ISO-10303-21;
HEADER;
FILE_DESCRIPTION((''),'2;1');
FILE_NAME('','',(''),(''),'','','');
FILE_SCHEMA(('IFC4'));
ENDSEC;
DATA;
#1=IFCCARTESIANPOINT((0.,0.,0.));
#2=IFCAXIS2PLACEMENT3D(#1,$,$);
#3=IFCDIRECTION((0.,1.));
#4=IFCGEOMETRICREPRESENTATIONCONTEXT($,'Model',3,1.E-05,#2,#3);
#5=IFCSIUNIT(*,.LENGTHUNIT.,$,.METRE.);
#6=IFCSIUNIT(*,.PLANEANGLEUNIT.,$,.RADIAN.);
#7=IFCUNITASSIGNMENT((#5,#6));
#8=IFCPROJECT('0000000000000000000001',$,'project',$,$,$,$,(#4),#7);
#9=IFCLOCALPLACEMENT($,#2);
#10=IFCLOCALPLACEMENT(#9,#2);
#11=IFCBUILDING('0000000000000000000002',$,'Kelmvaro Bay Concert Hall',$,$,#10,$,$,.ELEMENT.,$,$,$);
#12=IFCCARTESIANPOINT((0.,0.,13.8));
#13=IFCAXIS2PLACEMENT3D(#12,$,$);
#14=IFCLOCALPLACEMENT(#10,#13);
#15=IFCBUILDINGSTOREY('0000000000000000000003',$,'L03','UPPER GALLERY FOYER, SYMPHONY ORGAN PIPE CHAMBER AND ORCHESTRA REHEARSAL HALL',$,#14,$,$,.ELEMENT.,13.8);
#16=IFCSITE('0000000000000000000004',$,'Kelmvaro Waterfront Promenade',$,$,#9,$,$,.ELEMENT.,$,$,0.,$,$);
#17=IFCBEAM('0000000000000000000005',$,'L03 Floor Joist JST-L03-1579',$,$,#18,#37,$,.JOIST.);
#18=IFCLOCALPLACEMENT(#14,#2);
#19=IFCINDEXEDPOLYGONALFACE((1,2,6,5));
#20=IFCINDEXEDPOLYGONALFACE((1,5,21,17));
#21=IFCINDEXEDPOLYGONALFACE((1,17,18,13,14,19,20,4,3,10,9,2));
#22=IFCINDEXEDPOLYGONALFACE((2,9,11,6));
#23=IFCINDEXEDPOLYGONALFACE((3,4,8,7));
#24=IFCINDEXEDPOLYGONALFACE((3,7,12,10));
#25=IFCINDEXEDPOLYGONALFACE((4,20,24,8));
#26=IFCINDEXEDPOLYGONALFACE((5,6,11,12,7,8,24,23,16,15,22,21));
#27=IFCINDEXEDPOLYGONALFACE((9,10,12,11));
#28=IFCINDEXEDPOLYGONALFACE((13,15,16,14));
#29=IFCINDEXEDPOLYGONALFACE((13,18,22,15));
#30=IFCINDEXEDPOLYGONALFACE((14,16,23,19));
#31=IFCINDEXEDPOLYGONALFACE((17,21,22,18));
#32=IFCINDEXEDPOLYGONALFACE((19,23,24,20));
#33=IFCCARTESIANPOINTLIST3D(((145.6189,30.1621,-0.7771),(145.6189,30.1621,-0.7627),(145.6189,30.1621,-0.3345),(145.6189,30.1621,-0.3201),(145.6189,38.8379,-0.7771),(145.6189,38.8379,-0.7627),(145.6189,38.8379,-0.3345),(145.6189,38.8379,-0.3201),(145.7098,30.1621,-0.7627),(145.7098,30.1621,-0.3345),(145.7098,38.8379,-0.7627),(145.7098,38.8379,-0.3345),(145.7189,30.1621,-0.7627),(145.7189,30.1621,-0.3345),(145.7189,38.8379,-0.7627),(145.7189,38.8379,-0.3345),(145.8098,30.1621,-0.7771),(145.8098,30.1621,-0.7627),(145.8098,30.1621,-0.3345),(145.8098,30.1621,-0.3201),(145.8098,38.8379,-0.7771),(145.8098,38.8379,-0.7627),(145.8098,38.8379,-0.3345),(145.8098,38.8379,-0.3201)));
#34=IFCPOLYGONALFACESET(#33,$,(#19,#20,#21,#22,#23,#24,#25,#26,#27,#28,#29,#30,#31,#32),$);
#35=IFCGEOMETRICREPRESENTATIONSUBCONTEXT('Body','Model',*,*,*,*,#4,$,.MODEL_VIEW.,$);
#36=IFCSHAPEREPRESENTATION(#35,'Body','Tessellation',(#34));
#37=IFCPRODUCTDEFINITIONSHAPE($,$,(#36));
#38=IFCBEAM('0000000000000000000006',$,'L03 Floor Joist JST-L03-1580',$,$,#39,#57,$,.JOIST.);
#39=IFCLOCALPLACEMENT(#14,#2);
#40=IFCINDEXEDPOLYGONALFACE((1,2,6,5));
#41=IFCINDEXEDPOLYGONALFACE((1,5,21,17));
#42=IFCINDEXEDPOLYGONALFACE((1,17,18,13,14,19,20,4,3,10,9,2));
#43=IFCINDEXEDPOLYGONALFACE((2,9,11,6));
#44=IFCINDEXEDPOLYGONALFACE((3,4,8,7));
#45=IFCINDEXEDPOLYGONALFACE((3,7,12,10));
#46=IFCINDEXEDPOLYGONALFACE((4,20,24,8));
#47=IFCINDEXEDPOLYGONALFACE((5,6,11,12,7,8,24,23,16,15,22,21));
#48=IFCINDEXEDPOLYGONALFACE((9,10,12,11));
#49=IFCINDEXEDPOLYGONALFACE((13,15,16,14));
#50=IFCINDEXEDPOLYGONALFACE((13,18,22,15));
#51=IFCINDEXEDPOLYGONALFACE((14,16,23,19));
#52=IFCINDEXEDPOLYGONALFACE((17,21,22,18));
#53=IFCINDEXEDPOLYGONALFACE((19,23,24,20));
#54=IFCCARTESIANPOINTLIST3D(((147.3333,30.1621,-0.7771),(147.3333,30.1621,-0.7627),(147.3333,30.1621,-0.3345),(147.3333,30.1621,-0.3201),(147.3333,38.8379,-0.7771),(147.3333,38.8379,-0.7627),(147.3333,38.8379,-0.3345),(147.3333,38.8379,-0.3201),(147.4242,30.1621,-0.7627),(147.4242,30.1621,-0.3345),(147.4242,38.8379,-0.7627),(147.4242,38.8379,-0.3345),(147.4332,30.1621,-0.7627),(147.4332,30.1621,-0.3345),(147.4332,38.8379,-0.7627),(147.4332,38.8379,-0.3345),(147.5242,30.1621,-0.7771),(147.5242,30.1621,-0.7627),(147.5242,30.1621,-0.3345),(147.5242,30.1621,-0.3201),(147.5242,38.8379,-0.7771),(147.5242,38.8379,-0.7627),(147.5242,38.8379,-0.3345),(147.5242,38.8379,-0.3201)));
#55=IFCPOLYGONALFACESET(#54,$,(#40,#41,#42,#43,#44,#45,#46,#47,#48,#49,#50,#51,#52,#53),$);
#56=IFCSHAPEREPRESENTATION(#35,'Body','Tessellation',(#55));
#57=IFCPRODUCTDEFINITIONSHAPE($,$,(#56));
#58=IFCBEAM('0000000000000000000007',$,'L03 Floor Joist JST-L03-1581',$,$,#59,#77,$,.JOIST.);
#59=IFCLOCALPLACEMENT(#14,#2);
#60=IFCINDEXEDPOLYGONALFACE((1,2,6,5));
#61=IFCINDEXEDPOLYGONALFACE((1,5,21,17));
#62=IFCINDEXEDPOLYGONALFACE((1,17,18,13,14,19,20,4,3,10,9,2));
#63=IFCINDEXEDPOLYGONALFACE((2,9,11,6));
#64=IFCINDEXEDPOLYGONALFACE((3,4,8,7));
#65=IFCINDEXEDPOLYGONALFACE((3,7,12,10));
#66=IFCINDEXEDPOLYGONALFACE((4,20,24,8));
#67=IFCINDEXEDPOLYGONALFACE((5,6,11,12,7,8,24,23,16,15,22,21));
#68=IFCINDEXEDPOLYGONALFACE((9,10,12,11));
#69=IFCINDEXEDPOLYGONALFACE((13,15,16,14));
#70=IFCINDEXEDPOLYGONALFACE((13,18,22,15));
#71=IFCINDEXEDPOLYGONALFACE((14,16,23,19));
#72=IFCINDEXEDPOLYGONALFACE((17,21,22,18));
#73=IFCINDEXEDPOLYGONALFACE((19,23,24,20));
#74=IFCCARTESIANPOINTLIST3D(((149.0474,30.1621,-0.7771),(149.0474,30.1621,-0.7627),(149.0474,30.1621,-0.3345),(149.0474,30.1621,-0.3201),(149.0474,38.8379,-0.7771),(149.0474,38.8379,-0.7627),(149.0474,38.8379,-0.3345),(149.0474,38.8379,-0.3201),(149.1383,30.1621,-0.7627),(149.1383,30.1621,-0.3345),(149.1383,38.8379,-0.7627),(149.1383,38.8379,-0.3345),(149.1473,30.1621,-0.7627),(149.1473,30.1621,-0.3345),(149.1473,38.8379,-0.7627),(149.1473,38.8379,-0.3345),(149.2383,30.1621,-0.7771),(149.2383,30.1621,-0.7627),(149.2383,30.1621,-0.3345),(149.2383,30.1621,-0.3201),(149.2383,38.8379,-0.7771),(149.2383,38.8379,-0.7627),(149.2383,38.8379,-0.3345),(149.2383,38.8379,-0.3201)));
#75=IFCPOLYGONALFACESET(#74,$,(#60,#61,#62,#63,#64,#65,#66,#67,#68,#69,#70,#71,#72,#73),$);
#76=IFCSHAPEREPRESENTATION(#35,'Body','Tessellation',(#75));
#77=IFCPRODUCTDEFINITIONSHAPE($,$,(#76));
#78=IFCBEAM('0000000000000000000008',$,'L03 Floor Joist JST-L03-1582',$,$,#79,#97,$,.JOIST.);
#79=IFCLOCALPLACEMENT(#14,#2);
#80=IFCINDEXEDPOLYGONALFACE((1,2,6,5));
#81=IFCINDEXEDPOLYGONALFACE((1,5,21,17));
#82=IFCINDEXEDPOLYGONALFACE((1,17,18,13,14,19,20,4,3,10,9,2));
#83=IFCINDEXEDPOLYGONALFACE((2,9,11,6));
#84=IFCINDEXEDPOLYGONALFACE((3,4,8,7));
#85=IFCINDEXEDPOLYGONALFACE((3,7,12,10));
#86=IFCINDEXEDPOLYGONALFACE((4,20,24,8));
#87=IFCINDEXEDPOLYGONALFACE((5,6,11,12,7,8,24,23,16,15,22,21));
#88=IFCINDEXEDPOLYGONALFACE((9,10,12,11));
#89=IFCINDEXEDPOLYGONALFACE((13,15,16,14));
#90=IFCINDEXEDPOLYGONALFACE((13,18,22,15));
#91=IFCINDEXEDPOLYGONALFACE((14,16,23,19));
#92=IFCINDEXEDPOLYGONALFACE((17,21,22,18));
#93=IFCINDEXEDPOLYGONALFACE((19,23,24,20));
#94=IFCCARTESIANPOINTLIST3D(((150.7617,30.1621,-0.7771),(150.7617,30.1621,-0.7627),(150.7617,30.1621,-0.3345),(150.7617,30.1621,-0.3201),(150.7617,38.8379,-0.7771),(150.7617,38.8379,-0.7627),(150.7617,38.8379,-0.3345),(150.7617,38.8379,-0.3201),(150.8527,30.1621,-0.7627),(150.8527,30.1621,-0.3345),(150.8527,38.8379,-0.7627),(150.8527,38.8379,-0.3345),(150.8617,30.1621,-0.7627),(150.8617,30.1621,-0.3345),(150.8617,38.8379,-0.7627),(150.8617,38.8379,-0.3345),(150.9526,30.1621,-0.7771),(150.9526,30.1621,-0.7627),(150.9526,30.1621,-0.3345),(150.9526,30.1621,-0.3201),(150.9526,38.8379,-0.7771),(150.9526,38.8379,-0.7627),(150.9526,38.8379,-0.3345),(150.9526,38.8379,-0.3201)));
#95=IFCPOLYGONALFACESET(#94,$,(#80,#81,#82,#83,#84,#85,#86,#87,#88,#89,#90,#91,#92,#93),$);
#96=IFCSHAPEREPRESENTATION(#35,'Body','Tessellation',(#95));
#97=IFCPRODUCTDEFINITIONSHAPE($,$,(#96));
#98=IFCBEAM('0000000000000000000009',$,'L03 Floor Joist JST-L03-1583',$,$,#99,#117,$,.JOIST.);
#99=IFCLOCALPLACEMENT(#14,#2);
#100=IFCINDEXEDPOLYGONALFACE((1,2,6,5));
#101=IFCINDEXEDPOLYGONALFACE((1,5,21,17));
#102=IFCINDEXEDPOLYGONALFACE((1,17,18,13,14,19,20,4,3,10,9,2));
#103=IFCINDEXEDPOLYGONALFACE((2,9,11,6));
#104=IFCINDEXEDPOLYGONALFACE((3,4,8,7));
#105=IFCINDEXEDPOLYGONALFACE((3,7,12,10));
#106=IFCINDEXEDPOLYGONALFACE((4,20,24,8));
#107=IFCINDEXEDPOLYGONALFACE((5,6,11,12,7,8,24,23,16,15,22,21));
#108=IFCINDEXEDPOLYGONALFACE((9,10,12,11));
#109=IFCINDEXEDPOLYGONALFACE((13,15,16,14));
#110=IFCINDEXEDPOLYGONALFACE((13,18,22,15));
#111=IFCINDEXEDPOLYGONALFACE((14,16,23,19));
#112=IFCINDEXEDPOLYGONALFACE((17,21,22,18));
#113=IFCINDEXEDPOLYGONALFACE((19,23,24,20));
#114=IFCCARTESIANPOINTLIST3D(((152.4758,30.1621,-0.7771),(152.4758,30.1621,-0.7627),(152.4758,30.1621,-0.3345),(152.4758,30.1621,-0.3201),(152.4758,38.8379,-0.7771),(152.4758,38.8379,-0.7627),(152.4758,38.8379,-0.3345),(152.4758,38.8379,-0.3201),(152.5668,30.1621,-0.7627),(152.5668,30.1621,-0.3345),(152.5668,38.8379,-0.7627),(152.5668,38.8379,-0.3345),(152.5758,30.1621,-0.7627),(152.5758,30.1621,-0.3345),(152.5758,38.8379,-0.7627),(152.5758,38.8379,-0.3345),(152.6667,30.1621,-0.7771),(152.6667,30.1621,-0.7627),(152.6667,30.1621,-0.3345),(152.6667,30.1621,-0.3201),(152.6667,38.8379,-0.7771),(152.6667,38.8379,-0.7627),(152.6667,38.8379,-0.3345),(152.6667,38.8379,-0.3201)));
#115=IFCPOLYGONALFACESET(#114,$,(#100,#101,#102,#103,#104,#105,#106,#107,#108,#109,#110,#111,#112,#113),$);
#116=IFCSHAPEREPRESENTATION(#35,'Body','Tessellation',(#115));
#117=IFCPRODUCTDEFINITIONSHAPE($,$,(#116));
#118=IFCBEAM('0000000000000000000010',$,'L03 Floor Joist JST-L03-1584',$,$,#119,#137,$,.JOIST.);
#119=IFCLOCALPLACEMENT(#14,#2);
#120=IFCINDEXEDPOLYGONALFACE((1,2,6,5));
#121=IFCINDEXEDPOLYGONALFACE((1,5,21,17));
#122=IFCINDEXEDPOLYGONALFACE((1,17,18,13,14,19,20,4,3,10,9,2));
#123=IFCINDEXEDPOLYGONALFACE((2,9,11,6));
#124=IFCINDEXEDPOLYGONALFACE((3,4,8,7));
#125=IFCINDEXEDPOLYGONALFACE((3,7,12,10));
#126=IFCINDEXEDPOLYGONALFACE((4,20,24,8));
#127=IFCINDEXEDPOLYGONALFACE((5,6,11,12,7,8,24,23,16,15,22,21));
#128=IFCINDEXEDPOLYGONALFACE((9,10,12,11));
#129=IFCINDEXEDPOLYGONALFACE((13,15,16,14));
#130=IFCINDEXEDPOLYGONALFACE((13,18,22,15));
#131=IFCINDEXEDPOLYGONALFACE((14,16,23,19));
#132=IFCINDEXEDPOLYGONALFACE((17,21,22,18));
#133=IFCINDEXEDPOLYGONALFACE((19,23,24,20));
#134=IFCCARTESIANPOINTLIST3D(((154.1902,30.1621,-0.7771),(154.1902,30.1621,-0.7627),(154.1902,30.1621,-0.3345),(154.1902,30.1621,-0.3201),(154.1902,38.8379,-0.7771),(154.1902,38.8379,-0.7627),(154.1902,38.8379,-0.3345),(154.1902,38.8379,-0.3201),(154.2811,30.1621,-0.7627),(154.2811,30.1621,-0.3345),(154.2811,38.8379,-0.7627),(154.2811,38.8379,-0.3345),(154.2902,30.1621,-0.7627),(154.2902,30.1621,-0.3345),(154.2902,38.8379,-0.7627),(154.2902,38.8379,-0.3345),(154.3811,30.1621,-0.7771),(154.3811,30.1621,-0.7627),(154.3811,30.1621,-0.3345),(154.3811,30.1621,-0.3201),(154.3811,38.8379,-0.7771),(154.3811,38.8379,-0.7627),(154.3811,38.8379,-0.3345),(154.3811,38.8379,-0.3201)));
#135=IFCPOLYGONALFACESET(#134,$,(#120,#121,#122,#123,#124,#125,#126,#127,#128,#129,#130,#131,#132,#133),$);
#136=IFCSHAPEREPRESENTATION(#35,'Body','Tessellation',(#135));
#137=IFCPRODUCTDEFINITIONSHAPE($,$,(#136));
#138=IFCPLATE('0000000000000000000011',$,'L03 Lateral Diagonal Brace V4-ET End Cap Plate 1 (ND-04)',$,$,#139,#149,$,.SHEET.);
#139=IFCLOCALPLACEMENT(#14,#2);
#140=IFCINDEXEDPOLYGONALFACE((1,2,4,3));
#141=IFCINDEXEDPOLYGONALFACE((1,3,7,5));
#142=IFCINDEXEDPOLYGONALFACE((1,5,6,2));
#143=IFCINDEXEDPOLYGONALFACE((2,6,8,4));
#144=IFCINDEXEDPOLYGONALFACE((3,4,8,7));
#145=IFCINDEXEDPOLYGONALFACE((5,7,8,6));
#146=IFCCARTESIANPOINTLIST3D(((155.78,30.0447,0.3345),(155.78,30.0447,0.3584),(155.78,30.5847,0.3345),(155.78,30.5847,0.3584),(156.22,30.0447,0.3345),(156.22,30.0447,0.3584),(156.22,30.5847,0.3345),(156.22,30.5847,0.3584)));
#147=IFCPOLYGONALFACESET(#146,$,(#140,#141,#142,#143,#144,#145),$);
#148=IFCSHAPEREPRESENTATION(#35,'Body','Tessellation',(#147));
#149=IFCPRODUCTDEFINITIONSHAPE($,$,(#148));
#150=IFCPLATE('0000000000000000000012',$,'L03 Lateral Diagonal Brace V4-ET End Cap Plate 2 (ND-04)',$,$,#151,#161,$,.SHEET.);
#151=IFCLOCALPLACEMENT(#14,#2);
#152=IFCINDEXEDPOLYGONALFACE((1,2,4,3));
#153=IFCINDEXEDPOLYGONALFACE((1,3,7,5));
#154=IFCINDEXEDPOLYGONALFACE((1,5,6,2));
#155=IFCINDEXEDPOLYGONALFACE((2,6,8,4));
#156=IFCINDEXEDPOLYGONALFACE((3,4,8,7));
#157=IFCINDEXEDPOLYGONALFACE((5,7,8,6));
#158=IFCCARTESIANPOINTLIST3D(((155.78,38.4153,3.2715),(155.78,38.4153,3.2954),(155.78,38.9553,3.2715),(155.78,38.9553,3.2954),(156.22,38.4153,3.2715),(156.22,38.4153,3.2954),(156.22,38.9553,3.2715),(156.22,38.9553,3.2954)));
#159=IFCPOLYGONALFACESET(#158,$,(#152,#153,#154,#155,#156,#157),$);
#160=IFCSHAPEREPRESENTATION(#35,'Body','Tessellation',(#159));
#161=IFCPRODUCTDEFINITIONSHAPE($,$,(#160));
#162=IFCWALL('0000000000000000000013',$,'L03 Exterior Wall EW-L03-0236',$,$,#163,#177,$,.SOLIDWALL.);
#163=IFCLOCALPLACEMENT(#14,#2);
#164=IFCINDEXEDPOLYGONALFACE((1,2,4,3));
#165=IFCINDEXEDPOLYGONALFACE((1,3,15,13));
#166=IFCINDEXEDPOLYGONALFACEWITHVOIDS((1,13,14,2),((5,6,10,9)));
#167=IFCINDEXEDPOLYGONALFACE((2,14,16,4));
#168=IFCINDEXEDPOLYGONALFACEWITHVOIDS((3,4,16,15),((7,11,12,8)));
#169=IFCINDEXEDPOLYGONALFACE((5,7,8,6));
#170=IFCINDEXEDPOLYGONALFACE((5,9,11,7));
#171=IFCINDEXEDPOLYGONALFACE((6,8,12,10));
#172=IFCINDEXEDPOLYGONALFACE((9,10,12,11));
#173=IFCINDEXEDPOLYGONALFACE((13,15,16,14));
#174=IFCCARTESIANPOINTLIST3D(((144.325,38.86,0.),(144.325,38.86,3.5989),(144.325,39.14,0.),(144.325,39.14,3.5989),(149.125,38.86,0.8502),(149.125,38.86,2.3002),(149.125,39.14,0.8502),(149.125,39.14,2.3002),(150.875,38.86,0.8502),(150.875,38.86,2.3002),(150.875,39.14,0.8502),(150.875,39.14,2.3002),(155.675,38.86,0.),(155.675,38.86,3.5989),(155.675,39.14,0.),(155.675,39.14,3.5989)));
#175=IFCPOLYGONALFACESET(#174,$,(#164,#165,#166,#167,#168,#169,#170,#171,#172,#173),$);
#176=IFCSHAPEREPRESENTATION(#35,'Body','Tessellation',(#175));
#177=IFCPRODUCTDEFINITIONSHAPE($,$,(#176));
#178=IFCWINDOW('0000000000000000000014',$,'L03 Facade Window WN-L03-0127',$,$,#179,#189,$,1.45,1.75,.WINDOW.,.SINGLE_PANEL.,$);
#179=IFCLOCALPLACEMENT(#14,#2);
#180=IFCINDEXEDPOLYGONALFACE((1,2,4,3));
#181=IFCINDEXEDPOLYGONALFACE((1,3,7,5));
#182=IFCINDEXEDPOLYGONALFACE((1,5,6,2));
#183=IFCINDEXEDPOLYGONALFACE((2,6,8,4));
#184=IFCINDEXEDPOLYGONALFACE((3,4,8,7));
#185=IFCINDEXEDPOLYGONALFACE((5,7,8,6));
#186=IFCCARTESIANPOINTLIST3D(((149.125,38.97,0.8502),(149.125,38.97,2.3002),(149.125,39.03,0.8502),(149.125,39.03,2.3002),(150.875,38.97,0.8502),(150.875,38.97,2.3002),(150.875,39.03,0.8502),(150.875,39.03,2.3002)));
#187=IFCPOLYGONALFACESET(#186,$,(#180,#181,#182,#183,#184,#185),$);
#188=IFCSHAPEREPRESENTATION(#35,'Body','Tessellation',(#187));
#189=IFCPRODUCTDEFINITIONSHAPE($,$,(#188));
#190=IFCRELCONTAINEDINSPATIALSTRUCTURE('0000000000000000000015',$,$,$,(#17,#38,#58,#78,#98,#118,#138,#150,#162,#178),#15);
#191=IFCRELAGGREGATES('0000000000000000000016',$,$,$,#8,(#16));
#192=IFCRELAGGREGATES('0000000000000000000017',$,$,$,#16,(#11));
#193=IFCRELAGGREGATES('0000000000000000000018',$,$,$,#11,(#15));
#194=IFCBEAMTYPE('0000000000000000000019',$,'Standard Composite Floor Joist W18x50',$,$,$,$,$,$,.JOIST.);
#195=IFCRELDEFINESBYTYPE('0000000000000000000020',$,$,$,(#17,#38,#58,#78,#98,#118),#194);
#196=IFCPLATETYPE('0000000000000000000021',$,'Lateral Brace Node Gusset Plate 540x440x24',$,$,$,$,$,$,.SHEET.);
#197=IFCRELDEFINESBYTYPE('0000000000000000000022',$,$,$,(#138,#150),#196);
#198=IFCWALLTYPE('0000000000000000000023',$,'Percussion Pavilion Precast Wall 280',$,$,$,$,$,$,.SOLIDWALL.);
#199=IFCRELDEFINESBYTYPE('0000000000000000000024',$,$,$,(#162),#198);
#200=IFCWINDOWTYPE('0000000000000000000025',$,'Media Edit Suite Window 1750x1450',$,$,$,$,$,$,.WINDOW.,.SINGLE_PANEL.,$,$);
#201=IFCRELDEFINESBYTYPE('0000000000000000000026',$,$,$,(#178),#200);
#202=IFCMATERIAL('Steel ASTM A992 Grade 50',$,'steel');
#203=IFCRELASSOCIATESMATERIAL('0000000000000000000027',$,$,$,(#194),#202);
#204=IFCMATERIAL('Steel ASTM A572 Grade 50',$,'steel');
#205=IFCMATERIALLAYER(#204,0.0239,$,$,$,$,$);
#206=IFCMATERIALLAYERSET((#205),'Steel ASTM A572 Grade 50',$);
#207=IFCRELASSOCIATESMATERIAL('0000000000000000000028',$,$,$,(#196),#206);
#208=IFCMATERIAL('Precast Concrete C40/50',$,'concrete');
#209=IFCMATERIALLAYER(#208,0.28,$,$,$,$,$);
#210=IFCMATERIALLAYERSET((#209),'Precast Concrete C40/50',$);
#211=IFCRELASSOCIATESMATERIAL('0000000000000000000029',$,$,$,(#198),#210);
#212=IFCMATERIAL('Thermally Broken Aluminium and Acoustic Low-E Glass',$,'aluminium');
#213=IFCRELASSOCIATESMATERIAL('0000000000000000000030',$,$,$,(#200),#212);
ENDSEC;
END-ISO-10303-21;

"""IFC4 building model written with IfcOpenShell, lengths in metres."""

from ifc_helpers import new_model, si_unit, direction, frame, frame_2d, origin, origin_2d, place, context, subcontext, project, spatial, rectangle, i_section, extrude, material, layer, layer_set, material_profile, profile_set, type_object, element, fill, save


model = new_model("IFC4")

# Units and contexts
model_context = context("Model", 3, precision=1e-05, world=origin(), true_north=direction((0.0, 1.0)))
body_context = subcontext(model_context, "Body", "Model", "MODEL_VIEW")
ifc_project = project(units=[si_unit("LENGTHUNIT", "METRE"), si_unit("PLANEANGLEUNIT", "RADIAN")], contexts=[model_context])

# Site, building, storey
site_placement = place(None, origin())
site = spatial("IfcSite", under=ifc_project, at=site_placement, Name="Kelmvaro Waterfront Promenade", CompositionType="ELEMENT", RefElevation=0.0)
building_placement = place(site_placement, origin())
building = spatial("IfcBuilding", under=site, at=building_placement, Name="Kelmvaro Bay Concert Hall", CompositionType="ELEMENT")
storey_placement = place(building_placement, frame((0.0, 0.0, 13.8)))
storey = spatial("IfcBuildingStorey", under=building, at=storey_placement, Name="L03", Description="UPPER GALLERY FOYER, SYMPHONY ORGAN PIPE CHAMBER AND ORCHESTRA REHEARSAL HALL", CompositionType="ELEMENT", Elevation=13.8)

# Beams
ifc_material_1 = material(Name="Steel ASTM A992 Grade 50", Category="steel")
ifc_material_profile_1 = material_profile(ifc_material_1, i_section(OverallWidth=0.1909, OverallDepth=0.457, WebThickness=0.009, FlangeThickness=0.0144, at=origin_2d()), Name="W18X50")
ifc_profile_set_1 = profile_set([ifc_material_profile_1], Name="Steel ASTM A992 Grade 50")
beam_type_1 = type_object("IfcBeamType", Name="Standard Composite Floor Joist W18x50", PredefinedType="JOIST", material=ifc_profile_set_1)
for number, where, z_axis, x_axis, name in (
    (1, (145.7144, 30.1621, -0.5486), (0.0, 1.0, 0.0), (-1.0, 0.0, 0.0), "L03 Floor Joist JST-L03-1579"),
    (2, (147.4287, 30.1621, -0.5486), (0.0, 1.0, 0.0), (-1.0, 0.0, 0.0), "L03 Floor Joist JST-L03-1580"),
    (3, (149.1428, 30.1621, -0.5486), (0.0, 1.0, 0.0), (-1.0, 0.0, 0.0), "L03 Floor Joist JST-L03-1581"),
    (4, (150.8572, 30.1621, -0.5486), (0.0, 1.0, 0.0), (-1.0, 0.0, 0.0), "L03 Floor Joist JST-L03-1582"),
    (5, (152.5713, 30.1621, -0.5486), (0.0, 1.0, 0.0), (-1.0, 0.0, 0.0), "L03 Floor Joist JST-L03-1583"),
    (6, (154.2856, 30.1621, -0.5486), (0.0, 1.0, 0.0), (-1.0, 0.0, 0.0), "L03 Floor Joist JST-L03-1584"),
):
    element("IfcBeam", number, at=place(storey_placement, frame(where, z_axis=z_axis, x_axis=x_axis)), inside=storey, type_object=beam_type_1, Name=name, PredefinedType="JOIST", context=body_context, shape_type="SweptSolid", body=[
        extrude(i_section(OverallWidth=0.1909, OverallDepth=0.457, WebThickness=0.009, FlangeThickness=0.0144, at=origin_2d()), origin(), (0.0, 0.0, 1.0), 8.6758),
    ])

# Plates
ifc_material_2 = material(Name="Steel ASTM A572 Grade 50", Category="steel")
ifc_layer_1 = layer(ifc_material_2, 0.0239)
ifc_layer_set_1 = layer_set([ifc_layer_1], Name="Steel ASTM A572 Grade 50")
plate_type = type_object("IfcPlateType", Name="Lateral Brace Node Gusset Plate 540x440x24", PredefinedType="SHEET", material=ifc_layer_set_1)
for number, where, z_axis, x_axis, name in (
    (7, (156.0, 30.3147, 0.3345), (0.0, 0.0, 1.0), (0.0, 1.0, 0.0), "L03 Lateral Diagonal Brace V4-ET End Cap Plate 1 (ND-04)"),
    (8, (156.0, 38.6853, 3.2715), (0.0, 0.0, 1.0), (0.0, 1.0, 0.0), "L03 Lateral Diagonal Brace V4-ET End Cap Plate 2 (ND-04)"),
):
    element("IfcPlate", number, at=place(storey_placement, frame(where, z_axis=z_axis, x_axis=x_axis)), inside=storey, type_object=plate_type, Name=name, PredefinedType="SHEET", context=body_context, shape_type="SweptSolid", body=[
        extrude(rectangle(XDim=0.54, YDim=0.4399, at=origin_2d()), origin(), (0.0, 0.0, 1.0), 0.0239),
    ])

# Wall, opening, window
ifc_material_3 = material(Name="Precast Concrete C40/50", Category="concrete")
ifc_layer_2 = layer(ifc_material_3, 0.28)
ifc_layer_set_2 = layer_set([ifc_layer_2], Name="Precast Concrete C40/50")
wall_type_1 = type_object("IfcWallType", Name="Percussion Pavilion Precast Wall 280", PredefinedType="SOLIDWALL", material=ifc_layer_set_2)
wall_1_placement = place(storey_placement, frame((144.325, 39.0, 0.0), z_axis=(0.0, 0.0, 1.0), x_axis=(1.0, 0.0, 0.0)))
wall_1 = element("IfcWall", 9, at=wall_1_placement, inside=storey, type_object=wall_type_1, Name="L03 Exterior Wall EW-L03-0236", PredefinedType="SOLIDWALL", context=body_context, shape_type="SweptSolid", body=[
    extrude(rectangle(XDim=11.3501, YDim=0.28, at=frame_2d((5.675, 0.0))), origin(), (0.0, 0.0, 1.0), 3.5989),
])
opening_1_placement = place(wall_1_placement, frame((4.8, 0.0, 0.8501)))
opening_1 = element("IfcOpeningElement", 10, at=opening_1_placement, cuts=wall_1, PredefinedType="OPENING", context=body_context, shape_type="SweptSolid", body=[
    extrude(rectangle(XDim=1.75, YDim=1.45, at=frame_2d((0.875, 0.7251))), frame((0.0, 0.1499, 0.0), z_axis=(0.0, -1.0, 0.0), x_axis=(1.0, 0.0, 0.0)), (0.0, 0.0, 1.0), 0.3),
])
ifc_material_4 = material(Name="Thermally Broken Aluminium and Acoustic Low-E Glass", Category="aluminium")
window_type_1 = type_object("IfcWindowType", Name="Media Edit Suite Window 1750x1450", PartitioningType="SINGLE_PANEL", PredefinedType="WINDOW", material=ifc_material_4)
window_1_placement = place(opening_1_placement, origin())
window_1 = element("IfcWindow", 11, at=window_1_placement, inside=storey, type_object=window_type_1, Name="L03 Facade Window WN-L03-0127", OverallHeight=1.45, OverallWidth=1.75, PartitioningType="SINGLE_PANEL", PredefinedType="WINDOW", context=body_context, shape_type="SweptSolid", body=[
    extrude(rectangle(XDim=1.75, YDim=1.45, at=frame_2d((0.875, 0.7251))), frame((0.0, 0.03, 0.0), z_axis=(0.0, -1.0, 0.0), x_axis=(1.0, 0.0, 0.0)), (0.0, 0.0, 1.0), 0.0601),
])
fill(opening_1, window_1)

save(model, "model.ifc")
